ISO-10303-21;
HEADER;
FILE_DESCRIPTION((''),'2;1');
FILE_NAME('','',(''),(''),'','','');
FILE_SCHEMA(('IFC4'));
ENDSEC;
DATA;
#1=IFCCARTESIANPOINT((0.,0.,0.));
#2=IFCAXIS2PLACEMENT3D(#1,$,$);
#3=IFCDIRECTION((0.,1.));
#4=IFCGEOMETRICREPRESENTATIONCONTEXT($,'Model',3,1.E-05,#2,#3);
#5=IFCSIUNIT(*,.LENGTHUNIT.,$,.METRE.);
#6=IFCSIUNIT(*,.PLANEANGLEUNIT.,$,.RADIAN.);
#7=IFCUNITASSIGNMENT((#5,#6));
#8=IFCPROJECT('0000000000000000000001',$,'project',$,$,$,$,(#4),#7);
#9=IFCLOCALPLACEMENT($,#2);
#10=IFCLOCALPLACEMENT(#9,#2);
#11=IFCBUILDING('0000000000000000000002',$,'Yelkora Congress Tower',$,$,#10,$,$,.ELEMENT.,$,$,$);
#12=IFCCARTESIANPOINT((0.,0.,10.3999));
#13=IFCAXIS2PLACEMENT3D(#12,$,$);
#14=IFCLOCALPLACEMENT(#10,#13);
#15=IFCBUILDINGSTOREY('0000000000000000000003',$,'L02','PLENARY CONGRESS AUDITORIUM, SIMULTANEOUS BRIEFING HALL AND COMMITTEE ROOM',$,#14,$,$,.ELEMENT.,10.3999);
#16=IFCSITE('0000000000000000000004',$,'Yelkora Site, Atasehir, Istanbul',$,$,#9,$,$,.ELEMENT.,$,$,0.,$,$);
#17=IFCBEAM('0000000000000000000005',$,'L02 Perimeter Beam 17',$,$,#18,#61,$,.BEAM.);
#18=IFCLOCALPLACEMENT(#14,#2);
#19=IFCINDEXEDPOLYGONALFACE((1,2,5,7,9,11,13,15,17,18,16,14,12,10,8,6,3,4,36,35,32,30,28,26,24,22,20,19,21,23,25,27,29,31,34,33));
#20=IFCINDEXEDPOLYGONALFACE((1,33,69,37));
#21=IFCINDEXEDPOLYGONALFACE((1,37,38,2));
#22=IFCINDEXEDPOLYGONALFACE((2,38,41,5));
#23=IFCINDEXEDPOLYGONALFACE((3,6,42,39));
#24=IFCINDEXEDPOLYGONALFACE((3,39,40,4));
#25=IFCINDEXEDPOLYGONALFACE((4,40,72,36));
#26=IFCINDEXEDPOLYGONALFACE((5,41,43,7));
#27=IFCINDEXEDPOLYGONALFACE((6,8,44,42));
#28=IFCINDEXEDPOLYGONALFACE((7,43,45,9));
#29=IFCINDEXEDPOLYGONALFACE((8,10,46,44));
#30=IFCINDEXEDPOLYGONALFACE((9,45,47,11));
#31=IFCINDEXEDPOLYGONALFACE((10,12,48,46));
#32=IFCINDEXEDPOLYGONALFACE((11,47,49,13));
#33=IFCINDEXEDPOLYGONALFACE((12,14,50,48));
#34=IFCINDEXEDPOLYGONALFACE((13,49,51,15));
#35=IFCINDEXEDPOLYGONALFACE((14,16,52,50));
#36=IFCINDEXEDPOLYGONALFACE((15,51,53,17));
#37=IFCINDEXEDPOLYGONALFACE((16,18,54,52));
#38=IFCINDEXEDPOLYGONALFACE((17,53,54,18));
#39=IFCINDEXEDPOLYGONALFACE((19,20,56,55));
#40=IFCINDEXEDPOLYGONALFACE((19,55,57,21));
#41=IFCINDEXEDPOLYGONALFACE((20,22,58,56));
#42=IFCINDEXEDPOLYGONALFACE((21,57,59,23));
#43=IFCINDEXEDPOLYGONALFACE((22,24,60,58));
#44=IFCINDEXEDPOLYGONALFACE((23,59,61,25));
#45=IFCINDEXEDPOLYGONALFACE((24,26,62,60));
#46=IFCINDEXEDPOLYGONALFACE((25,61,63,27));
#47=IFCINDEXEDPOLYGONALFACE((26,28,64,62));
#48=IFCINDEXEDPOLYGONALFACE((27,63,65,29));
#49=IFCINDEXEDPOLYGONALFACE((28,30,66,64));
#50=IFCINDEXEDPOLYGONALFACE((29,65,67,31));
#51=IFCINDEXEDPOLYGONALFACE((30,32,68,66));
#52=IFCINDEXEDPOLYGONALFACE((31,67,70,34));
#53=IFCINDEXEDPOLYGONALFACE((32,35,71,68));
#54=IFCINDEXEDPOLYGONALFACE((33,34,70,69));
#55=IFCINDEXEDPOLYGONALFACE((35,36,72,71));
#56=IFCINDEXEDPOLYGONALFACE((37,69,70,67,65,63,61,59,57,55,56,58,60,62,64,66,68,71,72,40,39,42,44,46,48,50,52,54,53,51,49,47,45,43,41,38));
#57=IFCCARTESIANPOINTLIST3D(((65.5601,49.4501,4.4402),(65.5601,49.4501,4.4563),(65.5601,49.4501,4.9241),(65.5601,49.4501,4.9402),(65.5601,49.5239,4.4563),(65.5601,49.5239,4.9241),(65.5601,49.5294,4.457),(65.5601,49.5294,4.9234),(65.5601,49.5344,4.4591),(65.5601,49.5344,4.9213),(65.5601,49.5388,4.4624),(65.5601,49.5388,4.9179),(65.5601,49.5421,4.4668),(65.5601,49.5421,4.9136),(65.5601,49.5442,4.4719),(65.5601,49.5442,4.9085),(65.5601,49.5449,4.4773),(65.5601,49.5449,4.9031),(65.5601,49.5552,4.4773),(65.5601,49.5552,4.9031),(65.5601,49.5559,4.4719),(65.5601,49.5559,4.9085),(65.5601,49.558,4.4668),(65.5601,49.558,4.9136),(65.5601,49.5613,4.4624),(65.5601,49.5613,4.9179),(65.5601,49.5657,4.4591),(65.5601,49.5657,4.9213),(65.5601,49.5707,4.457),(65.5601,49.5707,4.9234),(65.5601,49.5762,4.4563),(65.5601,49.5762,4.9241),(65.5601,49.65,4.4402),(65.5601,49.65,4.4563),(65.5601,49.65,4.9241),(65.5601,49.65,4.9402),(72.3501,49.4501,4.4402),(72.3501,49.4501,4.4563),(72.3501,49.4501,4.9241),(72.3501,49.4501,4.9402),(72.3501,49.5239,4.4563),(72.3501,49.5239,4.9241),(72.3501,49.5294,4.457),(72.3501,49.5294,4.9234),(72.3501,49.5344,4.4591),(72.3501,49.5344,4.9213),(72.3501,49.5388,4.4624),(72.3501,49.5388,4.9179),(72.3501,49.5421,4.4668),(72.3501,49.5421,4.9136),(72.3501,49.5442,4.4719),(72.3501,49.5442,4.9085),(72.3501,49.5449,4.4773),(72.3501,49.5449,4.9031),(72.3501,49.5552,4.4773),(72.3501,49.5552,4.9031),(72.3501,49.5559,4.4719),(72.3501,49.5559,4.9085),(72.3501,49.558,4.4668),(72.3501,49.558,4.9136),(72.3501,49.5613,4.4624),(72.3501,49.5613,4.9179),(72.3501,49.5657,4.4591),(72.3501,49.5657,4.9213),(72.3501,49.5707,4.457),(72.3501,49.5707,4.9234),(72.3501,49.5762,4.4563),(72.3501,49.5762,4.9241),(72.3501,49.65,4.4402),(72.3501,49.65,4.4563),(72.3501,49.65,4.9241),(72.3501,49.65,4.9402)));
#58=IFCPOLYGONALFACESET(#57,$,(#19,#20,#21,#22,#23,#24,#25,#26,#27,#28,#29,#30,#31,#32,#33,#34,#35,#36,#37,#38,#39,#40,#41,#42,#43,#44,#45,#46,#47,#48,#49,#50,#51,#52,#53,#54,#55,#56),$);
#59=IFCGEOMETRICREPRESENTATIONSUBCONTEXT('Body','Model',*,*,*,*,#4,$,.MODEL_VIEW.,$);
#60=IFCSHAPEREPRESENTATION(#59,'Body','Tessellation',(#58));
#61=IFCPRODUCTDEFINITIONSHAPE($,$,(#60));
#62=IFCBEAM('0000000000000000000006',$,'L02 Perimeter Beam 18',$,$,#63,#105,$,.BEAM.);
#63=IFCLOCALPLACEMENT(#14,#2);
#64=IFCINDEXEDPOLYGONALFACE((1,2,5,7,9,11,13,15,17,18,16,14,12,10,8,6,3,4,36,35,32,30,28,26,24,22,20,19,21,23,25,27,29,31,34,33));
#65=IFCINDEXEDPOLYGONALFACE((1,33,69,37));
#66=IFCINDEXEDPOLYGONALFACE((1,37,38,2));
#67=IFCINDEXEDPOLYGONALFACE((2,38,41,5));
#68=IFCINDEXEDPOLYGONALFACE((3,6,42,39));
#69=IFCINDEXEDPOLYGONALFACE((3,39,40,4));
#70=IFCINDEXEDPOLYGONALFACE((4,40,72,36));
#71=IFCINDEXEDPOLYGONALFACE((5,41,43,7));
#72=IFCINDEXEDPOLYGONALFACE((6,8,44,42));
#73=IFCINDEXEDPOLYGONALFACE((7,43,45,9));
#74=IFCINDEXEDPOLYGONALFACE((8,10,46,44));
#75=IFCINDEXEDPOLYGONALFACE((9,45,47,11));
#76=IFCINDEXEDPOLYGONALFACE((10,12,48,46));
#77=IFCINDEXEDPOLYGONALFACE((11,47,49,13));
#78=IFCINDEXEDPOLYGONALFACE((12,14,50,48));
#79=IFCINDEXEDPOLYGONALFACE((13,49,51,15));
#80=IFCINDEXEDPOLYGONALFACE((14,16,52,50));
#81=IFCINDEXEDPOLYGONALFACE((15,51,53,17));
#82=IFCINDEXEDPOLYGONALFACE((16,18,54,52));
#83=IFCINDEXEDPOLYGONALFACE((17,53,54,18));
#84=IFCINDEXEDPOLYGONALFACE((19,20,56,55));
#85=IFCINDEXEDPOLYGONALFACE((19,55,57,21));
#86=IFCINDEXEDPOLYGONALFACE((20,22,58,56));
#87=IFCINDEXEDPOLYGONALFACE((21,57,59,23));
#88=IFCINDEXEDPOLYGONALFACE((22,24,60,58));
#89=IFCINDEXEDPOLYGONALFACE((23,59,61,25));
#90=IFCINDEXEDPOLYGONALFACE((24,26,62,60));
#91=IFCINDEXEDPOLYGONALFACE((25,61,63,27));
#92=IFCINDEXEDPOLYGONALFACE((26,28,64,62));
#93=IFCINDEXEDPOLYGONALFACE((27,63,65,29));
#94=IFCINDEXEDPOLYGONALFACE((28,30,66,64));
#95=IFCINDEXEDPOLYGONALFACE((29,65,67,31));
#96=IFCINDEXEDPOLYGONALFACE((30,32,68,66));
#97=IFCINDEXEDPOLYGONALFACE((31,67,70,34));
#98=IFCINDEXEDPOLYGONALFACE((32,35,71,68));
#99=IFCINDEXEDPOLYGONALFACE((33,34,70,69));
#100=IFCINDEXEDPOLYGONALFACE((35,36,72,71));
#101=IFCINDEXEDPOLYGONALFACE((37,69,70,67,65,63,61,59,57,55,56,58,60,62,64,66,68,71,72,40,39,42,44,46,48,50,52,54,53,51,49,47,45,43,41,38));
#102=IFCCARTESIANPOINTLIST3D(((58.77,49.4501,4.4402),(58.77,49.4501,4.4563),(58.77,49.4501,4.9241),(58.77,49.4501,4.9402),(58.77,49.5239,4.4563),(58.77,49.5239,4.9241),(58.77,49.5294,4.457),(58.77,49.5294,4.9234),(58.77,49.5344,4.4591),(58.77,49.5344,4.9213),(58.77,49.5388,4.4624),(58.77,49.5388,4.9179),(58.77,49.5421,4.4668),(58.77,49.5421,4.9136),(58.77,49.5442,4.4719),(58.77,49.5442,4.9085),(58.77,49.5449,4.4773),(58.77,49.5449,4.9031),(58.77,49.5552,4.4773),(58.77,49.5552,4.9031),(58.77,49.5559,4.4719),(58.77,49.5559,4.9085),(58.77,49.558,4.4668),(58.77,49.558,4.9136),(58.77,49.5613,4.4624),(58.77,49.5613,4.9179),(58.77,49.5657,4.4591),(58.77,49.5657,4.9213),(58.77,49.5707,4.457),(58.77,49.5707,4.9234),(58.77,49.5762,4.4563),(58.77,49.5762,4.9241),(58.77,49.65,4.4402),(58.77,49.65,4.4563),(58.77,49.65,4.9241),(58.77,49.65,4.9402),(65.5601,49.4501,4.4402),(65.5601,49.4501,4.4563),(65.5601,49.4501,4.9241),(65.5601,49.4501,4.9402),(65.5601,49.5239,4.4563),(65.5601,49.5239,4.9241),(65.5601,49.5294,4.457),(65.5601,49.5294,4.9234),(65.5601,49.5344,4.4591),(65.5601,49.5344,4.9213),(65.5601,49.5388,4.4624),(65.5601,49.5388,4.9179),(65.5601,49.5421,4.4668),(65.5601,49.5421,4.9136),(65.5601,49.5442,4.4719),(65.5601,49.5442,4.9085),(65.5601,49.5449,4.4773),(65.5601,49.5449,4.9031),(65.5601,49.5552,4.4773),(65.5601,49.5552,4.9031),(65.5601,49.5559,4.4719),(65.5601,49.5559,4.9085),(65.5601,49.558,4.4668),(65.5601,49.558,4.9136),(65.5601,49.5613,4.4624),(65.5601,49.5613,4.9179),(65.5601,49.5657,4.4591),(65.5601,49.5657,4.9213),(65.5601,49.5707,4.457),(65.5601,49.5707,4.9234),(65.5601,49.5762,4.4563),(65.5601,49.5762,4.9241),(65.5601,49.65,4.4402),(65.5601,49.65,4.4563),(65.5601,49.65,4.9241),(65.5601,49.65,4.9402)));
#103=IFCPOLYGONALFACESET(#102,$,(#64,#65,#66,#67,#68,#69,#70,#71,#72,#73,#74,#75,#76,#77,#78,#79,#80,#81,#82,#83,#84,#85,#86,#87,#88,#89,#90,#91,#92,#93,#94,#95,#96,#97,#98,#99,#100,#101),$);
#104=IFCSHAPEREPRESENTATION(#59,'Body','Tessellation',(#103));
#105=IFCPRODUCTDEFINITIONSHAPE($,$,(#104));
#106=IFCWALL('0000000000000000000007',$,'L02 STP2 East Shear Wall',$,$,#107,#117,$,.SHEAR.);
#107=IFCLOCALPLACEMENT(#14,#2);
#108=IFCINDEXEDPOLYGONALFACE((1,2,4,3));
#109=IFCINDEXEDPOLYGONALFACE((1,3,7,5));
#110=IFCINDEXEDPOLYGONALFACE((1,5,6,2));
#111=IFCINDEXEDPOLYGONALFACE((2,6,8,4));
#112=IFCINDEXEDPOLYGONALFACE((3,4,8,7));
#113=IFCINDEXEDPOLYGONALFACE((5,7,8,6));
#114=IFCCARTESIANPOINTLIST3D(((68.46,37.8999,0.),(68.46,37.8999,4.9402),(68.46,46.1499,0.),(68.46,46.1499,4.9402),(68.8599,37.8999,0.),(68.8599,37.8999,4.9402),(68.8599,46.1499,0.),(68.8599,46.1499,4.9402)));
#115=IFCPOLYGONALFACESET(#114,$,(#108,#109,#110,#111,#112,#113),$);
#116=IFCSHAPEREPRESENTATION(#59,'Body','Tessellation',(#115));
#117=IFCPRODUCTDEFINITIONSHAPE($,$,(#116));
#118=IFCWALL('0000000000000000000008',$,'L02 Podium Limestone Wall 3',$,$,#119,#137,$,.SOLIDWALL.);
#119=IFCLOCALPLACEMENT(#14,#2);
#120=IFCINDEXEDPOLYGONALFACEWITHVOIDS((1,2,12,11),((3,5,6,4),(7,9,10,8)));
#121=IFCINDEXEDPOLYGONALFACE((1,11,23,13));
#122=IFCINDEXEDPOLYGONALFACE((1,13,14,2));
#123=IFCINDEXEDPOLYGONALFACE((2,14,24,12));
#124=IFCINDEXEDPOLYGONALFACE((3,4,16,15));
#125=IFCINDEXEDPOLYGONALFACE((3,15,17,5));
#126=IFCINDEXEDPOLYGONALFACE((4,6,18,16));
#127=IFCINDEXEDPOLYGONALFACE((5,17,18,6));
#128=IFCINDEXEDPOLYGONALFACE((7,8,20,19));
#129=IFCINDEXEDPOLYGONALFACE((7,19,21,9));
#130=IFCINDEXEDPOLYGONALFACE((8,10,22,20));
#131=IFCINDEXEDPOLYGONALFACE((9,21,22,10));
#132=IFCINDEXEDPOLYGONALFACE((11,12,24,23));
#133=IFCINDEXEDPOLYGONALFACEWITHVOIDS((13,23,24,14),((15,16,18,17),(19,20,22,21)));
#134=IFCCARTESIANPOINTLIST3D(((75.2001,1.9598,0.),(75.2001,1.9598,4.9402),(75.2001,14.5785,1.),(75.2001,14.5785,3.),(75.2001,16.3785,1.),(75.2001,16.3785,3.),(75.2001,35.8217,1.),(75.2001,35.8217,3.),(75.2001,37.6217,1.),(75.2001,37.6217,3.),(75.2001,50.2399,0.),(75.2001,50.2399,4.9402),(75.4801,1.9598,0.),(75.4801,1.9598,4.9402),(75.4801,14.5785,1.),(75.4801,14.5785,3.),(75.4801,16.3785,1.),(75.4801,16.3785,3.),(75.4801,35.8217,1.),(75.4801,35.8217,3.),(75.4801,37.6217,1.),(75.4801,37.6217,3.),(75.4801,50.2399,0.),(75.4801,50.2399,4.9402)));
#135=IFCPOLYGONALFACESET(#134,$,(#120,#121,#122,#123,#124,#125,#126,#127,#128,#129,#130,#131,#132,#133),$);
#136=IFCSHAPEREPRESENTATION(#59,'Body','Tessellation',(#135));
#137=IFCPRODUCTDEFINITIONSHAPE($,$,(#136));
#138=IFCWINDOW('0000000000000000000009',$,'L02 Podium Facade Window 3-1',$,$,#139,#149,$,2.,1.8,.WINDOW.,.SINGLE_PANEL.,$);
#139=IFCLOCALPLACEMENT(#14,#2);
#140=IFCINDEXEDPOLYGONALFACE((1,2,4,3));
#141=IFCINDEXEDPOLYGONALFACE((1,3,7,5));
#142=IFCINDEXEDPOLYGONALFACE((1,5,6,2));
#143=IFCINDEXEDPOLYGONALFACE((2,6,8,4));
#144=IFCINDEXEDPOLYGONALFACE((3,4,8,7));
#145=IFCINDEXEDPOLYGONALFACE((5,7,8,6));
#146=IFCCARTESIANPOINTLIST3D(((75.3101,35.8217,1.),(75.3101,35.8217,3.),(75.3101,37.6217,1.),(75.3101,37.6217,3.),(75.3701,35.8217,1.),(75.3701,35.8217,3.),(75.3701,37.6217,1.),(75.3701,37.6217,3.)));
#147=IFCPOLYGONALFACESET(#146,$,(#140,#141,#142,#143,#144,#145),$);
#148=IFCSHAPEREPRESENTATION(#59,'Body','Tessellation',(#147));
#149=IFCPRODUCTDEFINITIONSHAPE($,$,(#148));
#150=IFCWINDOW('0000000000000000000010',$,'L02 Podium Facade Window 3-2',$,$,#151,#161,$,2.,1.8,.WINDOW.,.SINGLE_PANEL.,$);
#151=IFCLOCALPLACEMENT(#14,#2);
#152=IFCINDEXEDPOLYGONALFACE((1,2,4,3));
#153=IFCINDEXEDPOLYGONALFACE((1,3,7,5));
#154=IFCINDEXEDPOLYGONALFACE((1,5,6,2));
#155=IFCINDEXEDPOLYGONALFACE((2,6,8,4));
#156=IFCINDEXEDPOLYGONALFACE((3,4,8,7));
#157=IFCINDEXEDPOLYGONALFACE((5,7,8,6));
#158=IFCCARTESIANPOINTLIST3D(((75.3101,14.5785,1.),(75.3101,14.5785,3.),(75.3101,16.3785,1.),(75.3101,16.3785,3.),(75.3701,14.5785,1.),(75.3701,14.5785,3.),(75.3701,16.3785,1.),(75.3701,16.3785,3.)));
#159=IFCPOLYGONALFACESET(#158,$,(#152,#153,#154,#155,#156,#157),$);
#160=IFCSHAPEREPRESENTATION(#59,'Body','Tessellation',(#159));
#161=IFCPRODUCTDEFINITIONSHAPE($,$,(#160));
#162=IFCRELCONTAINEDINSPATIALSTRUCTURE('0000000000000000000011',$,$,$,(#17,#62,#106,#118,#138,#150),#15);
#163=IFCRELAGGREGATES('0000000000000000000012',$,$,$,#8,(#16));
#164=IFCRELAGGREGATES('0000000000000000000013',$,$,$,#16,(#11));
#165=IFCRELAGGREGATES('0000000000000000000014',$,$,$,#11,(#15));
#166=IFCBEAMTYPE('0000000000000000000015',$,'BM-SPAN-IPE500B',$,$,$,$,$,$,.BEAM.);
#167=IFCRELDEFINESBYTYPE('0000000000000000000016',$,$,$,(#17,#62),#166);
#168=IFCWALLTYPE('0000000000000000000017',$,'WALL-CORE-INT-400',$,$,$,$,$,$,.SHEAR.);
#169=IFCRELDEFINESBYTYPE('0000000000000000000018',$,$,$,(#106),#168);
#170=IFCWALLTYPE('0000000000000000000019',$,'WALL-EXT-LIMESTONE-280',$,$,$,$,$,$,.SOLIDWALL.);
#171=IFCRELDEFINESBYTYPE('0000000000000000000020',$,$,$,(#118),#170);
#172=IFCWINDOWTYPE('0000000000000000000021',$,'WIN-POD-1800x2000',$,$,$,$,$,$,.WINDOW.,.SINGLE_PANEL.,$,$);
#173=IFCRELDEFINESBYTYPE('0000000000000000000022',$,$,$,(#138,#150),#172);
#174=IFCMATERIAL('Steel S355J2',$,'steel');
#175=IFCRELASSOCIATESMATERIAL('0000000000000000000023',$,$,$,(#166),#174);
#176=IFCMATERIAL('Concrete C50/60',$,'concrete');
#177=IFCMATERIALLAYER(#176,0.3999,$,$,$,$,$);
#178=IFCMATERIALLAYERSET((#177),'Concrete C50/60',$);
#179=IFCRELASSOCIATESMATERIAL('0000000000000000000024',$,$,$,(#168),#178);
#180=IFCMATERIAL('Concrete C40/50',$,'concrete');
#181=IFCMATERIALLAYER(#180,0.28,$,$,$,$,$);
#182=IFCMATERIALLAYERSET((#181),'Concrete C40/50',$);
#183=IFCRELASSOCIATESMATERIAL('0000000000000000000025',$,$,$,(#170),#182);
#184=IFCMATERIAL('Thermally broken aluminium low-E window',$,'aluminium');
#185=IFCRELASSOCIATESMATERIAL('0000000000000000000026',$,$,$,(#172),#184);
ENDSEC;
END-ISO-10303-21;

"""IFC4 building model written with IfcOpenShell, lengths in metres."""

from ifc_helpers import new_model, si_unit, direction, frame, frame_2d, origin, origin_2d, place, context, subcontext, project, spatial, rectangle, i_section, extrude, material, layer, layer_set, material_profile, profile_set, type_object, element, fill, save


model = new_model("IFC4")

# Units and contexts
model_context = context("Model", 3, precision=1e-05, world=origin(), true_north=direction((0.0, 1.0)))
body_context = subcontext(model_context, "Body", "Model", "MODEL_VIEW")
ifc_project = project(units=[si_unit("LENGTHUNIT", "METRE"), si_unit("PLANEANGLEUNIT", "RADIAN")], contexts=[model_context])

# Site, building, storey
site_placement = place(None, origin())
site = spatial("IfcSite", under=ifc_project, at=site_placement, Name="Yelkora Site, Atasehir, Istanbul", CompositionType="ELEMENT", RefElevation=0.0)
building_placement = place(site_placement, origin())
building = spatial("IfcBuilding", under=site, at=building_placement, Name="Yelkora Congress Tower", CompositionType="ELEMENT")
storey_placement = place(building_placement, frame((0.0, 0.0, 10.3999)))
storey = spatial("IfcBuildingStorey", under=building, at=storey_placement, Name="L02", Description="PLENARY CONGRESS AUDITORIUM, SIMULTANEOUS BRIEFING HALL AND COMMITTEE ROOM", CompositionType="ELEMENT", Elevation=10.3999)

# Shared definitions
ifc_material_1 = material(Name="Concrete C50/60", Category="concrete")

# Beams
ifc_material_2 = material(Name="Steel S355J2", Category="steel")
ifc_material_profile_1 = material_profile(ifc_material_2, i_section(OverallWidth=0.2, OverallDepth=0.5, WebThickness=0.0103, FlangeThickness=0.0161, FilletRadius=0.021, at=origin_2d()), Name="IPE 500")
ifc_profile_set_1 = profile_set([ifc_material_profile_1], Name="Steel S355J2")
beam_type_1 = type_object("IfcBeamType", Name="BM-SPAN-IPE500B", PredefinedType="BEAM", material=ifc_profile_set_1)
for number, where, z_axis, x_axis, name in (
    (1, (72.3501, 49.55, 4.6902), (-1.0, 0.0, 0.0), (0.0, -1.0, 0.0), "L02 Perimeter Beam 17"),
    (2, (65.5601, 49.55, 4.6902), (-1.0, 0.0, 0.0), (0.0, -1.0, 0.0), "L02 Perimeter Beam 18"),
):
    element("IfcBeam", number, at=place(storey_placement, frame(where, z_axis=z_axis, x_axis=x_axis)), inside=storey, type_object=beam_type_1, Name=name, PredefinedType="BEAM", context=body_context, shape_type="SweptSolid", body=[
        extrude(i_section(OverallWidth=0.2, OverallDepth=0.5, WebThickness=0.0103, FlangeThickness=0.0161, FilletRadius=0.021, at=origin_2d()), origin(), (0.0, 0.0, 1.0), 6.79),
    ])

# Wall
ifc_layer_1 = layer(ifc_material_1, 0.3999)
ifc_layer_set_1 = layer_set([ifc_layer_1], Name="Concrete C50/60")
wall_type_1 = type_object("IfcWallType", Name="WALL-CORE-INT-400", PredefinedType="SHEAR", material=ifc_layer_set_1)
wall_1_placement = place(storey_placement, frame((68.6599, 37.8999, 0.0), z_axis=(0.0, 0.0, 1.0), x_axis=(0.0, 1.0, 0.0)))
element("IfcWall", 3, at=wall_1_placement, inside=storey, type_object=wall_type_1, Name="L02 STP2 East Shear Wall", PredefinedType="SHEAR", context=body_context, shape_type="SweptSolid", body=[
    extrude(rectangle(XDim=8.25, YDim=0.3999, at=frame_2d((4.125, 0.0))), origin(), (0.0, 0.0, 1.0), 4.9402),
])

# Wall, openings, windows
ifc_material_3 = material(Name="Concrete C40/50", Category="concrete")
ifc_layer_2 = layer(ifc_material_3, 0.28)
ifc_layer_set_2 = layer_set([ifc_layer_2], Name="Concrete C40/50")
wall_type_2 = type_object("IfcWallType", Name="WALL-EXT-LIMESTONE-280", PredefinedType="SOLIDWALL", material=ifc_layer_set_2)
wall_2_placement = place(storey_placement, frame((75.3401, 50.24, 0.0), z_axis=(0.0, 0.0, 1.0), x_axis=(0.0, -1.0, 0.0)))
wall_2 = element("IfcWall", 4, at=wall_2_placement, inside=storey, type_object=wall_type_2, Name="L02 Podium Limestone Wall 3", PredefinedType="SOLIDWALL", context=body_context, shape_type="SweptSolid", body=[
    extrude(rectangle(XDim=48.28, YDim=0.28, at=frame_2d((24.1401, 0.0))), origin(), (0.0, 0.0, 1.0), 4.9402),
])
opening_1_placement = place(wall_2_placement, frame((12.6184, 0.0, 1.0)))
opening_1 = element("IfcOpeningElement", 5, at=opening_1_placement, cuts=wall_2, PredefinedType="OPENING", context=body_context, shape_type="SweptSolid", body=[
    extrude(rectangle(XDim=1.8, YDim=2.0, at=frame_2d((0.8999, 1.0))), frame((0.0, 0.1499, 0.0), z_axis=(0.0, -1.0, 0.0), x_axis=(1.0, 0.0, 0.0)), (0.0, 0.0, 1.0), 0.3),
])
opening_2_placement = place(wall_2_placement, frame((33.8616, 0.0, 1.0)))
opening_2 = element("IfcOpeningElement", 6, at=opening_2_placement, cuts=wall_2, PredefinedType="OPENING", context=body_context, shape_type="SweptSolid", body=[
    extrude(rectangle(XDim=1.8, YDim=2.0, at=frame_2d((0.8999, 1.0))), frame((0.0, 0.1499, 0.0), z_axis=(0.0, -1.0, 0.0), x_axis=(1.0, 0.0, 0.0)), (0.0, 0.0, 1.0), 0.3),
])
ifc_material_4 = material(Name="Thermally broken aluminium low-E window", Category="aluminium")
window_type = type_object("IfcWindowType", Name="WIN-POD-1800x2000", PartitioningType="SINGLE_PANEL", PredefinedType="WINDOW", material=ifc_material_4)
window_1_placement = place(opening_1_placement, origin())
window_1 = element("IfcWindow", 7, at=window_1_placement, inside=storey, type_object=window_type, Name="L02 Podium Facade Window 3-1", OverallHeight=2.0, OverallWidth=1.8, PartitioningType="SINGLE_PANEL", PredefinedType="WINDOW", context=body_context, shape_type="SweptSolid", body=[
    extrude(rectangle(XDim=1.8, YDim=2.0, at=frame_2d((0.8999, 1.0))), frame((0.0, 0.03, 0.0), z_axis=(0.0, -1.0, 0.0), x_axis=(1.0, 0.0, 0.0)), (0.0, 0.0, 1.0), 0.0601),
])
fill(opening_1, window_1)
window_2_placement = place(opening_2_placement, origin())
window_2 = element("IfcWindow", 8, at=window_2_placement, inside=storey, type_object=window_type, Name="L02 Podium Facade Window 3-2", OverallHeight=2.0, OverallWidth=1.8, PartitioningType="SINGLE_PANEL", PredefinedType="WINDOW", context=body_context, shape_type="SweptSolid", body=[
    extrude(rectangle(XDim=1.8, YDim=2.0, at=frame_2d((0.8999, 1.0))), frame((0.0, 0.03, 0.0), z_axis=(0.0, -1.0, 0.0), x_axis=(1.0, 0.0, 0.0)), (0.0, 0.0, 1.0), 0.0601),
])
fill(opening_2, window_2)

save(model, "model.ifc")
